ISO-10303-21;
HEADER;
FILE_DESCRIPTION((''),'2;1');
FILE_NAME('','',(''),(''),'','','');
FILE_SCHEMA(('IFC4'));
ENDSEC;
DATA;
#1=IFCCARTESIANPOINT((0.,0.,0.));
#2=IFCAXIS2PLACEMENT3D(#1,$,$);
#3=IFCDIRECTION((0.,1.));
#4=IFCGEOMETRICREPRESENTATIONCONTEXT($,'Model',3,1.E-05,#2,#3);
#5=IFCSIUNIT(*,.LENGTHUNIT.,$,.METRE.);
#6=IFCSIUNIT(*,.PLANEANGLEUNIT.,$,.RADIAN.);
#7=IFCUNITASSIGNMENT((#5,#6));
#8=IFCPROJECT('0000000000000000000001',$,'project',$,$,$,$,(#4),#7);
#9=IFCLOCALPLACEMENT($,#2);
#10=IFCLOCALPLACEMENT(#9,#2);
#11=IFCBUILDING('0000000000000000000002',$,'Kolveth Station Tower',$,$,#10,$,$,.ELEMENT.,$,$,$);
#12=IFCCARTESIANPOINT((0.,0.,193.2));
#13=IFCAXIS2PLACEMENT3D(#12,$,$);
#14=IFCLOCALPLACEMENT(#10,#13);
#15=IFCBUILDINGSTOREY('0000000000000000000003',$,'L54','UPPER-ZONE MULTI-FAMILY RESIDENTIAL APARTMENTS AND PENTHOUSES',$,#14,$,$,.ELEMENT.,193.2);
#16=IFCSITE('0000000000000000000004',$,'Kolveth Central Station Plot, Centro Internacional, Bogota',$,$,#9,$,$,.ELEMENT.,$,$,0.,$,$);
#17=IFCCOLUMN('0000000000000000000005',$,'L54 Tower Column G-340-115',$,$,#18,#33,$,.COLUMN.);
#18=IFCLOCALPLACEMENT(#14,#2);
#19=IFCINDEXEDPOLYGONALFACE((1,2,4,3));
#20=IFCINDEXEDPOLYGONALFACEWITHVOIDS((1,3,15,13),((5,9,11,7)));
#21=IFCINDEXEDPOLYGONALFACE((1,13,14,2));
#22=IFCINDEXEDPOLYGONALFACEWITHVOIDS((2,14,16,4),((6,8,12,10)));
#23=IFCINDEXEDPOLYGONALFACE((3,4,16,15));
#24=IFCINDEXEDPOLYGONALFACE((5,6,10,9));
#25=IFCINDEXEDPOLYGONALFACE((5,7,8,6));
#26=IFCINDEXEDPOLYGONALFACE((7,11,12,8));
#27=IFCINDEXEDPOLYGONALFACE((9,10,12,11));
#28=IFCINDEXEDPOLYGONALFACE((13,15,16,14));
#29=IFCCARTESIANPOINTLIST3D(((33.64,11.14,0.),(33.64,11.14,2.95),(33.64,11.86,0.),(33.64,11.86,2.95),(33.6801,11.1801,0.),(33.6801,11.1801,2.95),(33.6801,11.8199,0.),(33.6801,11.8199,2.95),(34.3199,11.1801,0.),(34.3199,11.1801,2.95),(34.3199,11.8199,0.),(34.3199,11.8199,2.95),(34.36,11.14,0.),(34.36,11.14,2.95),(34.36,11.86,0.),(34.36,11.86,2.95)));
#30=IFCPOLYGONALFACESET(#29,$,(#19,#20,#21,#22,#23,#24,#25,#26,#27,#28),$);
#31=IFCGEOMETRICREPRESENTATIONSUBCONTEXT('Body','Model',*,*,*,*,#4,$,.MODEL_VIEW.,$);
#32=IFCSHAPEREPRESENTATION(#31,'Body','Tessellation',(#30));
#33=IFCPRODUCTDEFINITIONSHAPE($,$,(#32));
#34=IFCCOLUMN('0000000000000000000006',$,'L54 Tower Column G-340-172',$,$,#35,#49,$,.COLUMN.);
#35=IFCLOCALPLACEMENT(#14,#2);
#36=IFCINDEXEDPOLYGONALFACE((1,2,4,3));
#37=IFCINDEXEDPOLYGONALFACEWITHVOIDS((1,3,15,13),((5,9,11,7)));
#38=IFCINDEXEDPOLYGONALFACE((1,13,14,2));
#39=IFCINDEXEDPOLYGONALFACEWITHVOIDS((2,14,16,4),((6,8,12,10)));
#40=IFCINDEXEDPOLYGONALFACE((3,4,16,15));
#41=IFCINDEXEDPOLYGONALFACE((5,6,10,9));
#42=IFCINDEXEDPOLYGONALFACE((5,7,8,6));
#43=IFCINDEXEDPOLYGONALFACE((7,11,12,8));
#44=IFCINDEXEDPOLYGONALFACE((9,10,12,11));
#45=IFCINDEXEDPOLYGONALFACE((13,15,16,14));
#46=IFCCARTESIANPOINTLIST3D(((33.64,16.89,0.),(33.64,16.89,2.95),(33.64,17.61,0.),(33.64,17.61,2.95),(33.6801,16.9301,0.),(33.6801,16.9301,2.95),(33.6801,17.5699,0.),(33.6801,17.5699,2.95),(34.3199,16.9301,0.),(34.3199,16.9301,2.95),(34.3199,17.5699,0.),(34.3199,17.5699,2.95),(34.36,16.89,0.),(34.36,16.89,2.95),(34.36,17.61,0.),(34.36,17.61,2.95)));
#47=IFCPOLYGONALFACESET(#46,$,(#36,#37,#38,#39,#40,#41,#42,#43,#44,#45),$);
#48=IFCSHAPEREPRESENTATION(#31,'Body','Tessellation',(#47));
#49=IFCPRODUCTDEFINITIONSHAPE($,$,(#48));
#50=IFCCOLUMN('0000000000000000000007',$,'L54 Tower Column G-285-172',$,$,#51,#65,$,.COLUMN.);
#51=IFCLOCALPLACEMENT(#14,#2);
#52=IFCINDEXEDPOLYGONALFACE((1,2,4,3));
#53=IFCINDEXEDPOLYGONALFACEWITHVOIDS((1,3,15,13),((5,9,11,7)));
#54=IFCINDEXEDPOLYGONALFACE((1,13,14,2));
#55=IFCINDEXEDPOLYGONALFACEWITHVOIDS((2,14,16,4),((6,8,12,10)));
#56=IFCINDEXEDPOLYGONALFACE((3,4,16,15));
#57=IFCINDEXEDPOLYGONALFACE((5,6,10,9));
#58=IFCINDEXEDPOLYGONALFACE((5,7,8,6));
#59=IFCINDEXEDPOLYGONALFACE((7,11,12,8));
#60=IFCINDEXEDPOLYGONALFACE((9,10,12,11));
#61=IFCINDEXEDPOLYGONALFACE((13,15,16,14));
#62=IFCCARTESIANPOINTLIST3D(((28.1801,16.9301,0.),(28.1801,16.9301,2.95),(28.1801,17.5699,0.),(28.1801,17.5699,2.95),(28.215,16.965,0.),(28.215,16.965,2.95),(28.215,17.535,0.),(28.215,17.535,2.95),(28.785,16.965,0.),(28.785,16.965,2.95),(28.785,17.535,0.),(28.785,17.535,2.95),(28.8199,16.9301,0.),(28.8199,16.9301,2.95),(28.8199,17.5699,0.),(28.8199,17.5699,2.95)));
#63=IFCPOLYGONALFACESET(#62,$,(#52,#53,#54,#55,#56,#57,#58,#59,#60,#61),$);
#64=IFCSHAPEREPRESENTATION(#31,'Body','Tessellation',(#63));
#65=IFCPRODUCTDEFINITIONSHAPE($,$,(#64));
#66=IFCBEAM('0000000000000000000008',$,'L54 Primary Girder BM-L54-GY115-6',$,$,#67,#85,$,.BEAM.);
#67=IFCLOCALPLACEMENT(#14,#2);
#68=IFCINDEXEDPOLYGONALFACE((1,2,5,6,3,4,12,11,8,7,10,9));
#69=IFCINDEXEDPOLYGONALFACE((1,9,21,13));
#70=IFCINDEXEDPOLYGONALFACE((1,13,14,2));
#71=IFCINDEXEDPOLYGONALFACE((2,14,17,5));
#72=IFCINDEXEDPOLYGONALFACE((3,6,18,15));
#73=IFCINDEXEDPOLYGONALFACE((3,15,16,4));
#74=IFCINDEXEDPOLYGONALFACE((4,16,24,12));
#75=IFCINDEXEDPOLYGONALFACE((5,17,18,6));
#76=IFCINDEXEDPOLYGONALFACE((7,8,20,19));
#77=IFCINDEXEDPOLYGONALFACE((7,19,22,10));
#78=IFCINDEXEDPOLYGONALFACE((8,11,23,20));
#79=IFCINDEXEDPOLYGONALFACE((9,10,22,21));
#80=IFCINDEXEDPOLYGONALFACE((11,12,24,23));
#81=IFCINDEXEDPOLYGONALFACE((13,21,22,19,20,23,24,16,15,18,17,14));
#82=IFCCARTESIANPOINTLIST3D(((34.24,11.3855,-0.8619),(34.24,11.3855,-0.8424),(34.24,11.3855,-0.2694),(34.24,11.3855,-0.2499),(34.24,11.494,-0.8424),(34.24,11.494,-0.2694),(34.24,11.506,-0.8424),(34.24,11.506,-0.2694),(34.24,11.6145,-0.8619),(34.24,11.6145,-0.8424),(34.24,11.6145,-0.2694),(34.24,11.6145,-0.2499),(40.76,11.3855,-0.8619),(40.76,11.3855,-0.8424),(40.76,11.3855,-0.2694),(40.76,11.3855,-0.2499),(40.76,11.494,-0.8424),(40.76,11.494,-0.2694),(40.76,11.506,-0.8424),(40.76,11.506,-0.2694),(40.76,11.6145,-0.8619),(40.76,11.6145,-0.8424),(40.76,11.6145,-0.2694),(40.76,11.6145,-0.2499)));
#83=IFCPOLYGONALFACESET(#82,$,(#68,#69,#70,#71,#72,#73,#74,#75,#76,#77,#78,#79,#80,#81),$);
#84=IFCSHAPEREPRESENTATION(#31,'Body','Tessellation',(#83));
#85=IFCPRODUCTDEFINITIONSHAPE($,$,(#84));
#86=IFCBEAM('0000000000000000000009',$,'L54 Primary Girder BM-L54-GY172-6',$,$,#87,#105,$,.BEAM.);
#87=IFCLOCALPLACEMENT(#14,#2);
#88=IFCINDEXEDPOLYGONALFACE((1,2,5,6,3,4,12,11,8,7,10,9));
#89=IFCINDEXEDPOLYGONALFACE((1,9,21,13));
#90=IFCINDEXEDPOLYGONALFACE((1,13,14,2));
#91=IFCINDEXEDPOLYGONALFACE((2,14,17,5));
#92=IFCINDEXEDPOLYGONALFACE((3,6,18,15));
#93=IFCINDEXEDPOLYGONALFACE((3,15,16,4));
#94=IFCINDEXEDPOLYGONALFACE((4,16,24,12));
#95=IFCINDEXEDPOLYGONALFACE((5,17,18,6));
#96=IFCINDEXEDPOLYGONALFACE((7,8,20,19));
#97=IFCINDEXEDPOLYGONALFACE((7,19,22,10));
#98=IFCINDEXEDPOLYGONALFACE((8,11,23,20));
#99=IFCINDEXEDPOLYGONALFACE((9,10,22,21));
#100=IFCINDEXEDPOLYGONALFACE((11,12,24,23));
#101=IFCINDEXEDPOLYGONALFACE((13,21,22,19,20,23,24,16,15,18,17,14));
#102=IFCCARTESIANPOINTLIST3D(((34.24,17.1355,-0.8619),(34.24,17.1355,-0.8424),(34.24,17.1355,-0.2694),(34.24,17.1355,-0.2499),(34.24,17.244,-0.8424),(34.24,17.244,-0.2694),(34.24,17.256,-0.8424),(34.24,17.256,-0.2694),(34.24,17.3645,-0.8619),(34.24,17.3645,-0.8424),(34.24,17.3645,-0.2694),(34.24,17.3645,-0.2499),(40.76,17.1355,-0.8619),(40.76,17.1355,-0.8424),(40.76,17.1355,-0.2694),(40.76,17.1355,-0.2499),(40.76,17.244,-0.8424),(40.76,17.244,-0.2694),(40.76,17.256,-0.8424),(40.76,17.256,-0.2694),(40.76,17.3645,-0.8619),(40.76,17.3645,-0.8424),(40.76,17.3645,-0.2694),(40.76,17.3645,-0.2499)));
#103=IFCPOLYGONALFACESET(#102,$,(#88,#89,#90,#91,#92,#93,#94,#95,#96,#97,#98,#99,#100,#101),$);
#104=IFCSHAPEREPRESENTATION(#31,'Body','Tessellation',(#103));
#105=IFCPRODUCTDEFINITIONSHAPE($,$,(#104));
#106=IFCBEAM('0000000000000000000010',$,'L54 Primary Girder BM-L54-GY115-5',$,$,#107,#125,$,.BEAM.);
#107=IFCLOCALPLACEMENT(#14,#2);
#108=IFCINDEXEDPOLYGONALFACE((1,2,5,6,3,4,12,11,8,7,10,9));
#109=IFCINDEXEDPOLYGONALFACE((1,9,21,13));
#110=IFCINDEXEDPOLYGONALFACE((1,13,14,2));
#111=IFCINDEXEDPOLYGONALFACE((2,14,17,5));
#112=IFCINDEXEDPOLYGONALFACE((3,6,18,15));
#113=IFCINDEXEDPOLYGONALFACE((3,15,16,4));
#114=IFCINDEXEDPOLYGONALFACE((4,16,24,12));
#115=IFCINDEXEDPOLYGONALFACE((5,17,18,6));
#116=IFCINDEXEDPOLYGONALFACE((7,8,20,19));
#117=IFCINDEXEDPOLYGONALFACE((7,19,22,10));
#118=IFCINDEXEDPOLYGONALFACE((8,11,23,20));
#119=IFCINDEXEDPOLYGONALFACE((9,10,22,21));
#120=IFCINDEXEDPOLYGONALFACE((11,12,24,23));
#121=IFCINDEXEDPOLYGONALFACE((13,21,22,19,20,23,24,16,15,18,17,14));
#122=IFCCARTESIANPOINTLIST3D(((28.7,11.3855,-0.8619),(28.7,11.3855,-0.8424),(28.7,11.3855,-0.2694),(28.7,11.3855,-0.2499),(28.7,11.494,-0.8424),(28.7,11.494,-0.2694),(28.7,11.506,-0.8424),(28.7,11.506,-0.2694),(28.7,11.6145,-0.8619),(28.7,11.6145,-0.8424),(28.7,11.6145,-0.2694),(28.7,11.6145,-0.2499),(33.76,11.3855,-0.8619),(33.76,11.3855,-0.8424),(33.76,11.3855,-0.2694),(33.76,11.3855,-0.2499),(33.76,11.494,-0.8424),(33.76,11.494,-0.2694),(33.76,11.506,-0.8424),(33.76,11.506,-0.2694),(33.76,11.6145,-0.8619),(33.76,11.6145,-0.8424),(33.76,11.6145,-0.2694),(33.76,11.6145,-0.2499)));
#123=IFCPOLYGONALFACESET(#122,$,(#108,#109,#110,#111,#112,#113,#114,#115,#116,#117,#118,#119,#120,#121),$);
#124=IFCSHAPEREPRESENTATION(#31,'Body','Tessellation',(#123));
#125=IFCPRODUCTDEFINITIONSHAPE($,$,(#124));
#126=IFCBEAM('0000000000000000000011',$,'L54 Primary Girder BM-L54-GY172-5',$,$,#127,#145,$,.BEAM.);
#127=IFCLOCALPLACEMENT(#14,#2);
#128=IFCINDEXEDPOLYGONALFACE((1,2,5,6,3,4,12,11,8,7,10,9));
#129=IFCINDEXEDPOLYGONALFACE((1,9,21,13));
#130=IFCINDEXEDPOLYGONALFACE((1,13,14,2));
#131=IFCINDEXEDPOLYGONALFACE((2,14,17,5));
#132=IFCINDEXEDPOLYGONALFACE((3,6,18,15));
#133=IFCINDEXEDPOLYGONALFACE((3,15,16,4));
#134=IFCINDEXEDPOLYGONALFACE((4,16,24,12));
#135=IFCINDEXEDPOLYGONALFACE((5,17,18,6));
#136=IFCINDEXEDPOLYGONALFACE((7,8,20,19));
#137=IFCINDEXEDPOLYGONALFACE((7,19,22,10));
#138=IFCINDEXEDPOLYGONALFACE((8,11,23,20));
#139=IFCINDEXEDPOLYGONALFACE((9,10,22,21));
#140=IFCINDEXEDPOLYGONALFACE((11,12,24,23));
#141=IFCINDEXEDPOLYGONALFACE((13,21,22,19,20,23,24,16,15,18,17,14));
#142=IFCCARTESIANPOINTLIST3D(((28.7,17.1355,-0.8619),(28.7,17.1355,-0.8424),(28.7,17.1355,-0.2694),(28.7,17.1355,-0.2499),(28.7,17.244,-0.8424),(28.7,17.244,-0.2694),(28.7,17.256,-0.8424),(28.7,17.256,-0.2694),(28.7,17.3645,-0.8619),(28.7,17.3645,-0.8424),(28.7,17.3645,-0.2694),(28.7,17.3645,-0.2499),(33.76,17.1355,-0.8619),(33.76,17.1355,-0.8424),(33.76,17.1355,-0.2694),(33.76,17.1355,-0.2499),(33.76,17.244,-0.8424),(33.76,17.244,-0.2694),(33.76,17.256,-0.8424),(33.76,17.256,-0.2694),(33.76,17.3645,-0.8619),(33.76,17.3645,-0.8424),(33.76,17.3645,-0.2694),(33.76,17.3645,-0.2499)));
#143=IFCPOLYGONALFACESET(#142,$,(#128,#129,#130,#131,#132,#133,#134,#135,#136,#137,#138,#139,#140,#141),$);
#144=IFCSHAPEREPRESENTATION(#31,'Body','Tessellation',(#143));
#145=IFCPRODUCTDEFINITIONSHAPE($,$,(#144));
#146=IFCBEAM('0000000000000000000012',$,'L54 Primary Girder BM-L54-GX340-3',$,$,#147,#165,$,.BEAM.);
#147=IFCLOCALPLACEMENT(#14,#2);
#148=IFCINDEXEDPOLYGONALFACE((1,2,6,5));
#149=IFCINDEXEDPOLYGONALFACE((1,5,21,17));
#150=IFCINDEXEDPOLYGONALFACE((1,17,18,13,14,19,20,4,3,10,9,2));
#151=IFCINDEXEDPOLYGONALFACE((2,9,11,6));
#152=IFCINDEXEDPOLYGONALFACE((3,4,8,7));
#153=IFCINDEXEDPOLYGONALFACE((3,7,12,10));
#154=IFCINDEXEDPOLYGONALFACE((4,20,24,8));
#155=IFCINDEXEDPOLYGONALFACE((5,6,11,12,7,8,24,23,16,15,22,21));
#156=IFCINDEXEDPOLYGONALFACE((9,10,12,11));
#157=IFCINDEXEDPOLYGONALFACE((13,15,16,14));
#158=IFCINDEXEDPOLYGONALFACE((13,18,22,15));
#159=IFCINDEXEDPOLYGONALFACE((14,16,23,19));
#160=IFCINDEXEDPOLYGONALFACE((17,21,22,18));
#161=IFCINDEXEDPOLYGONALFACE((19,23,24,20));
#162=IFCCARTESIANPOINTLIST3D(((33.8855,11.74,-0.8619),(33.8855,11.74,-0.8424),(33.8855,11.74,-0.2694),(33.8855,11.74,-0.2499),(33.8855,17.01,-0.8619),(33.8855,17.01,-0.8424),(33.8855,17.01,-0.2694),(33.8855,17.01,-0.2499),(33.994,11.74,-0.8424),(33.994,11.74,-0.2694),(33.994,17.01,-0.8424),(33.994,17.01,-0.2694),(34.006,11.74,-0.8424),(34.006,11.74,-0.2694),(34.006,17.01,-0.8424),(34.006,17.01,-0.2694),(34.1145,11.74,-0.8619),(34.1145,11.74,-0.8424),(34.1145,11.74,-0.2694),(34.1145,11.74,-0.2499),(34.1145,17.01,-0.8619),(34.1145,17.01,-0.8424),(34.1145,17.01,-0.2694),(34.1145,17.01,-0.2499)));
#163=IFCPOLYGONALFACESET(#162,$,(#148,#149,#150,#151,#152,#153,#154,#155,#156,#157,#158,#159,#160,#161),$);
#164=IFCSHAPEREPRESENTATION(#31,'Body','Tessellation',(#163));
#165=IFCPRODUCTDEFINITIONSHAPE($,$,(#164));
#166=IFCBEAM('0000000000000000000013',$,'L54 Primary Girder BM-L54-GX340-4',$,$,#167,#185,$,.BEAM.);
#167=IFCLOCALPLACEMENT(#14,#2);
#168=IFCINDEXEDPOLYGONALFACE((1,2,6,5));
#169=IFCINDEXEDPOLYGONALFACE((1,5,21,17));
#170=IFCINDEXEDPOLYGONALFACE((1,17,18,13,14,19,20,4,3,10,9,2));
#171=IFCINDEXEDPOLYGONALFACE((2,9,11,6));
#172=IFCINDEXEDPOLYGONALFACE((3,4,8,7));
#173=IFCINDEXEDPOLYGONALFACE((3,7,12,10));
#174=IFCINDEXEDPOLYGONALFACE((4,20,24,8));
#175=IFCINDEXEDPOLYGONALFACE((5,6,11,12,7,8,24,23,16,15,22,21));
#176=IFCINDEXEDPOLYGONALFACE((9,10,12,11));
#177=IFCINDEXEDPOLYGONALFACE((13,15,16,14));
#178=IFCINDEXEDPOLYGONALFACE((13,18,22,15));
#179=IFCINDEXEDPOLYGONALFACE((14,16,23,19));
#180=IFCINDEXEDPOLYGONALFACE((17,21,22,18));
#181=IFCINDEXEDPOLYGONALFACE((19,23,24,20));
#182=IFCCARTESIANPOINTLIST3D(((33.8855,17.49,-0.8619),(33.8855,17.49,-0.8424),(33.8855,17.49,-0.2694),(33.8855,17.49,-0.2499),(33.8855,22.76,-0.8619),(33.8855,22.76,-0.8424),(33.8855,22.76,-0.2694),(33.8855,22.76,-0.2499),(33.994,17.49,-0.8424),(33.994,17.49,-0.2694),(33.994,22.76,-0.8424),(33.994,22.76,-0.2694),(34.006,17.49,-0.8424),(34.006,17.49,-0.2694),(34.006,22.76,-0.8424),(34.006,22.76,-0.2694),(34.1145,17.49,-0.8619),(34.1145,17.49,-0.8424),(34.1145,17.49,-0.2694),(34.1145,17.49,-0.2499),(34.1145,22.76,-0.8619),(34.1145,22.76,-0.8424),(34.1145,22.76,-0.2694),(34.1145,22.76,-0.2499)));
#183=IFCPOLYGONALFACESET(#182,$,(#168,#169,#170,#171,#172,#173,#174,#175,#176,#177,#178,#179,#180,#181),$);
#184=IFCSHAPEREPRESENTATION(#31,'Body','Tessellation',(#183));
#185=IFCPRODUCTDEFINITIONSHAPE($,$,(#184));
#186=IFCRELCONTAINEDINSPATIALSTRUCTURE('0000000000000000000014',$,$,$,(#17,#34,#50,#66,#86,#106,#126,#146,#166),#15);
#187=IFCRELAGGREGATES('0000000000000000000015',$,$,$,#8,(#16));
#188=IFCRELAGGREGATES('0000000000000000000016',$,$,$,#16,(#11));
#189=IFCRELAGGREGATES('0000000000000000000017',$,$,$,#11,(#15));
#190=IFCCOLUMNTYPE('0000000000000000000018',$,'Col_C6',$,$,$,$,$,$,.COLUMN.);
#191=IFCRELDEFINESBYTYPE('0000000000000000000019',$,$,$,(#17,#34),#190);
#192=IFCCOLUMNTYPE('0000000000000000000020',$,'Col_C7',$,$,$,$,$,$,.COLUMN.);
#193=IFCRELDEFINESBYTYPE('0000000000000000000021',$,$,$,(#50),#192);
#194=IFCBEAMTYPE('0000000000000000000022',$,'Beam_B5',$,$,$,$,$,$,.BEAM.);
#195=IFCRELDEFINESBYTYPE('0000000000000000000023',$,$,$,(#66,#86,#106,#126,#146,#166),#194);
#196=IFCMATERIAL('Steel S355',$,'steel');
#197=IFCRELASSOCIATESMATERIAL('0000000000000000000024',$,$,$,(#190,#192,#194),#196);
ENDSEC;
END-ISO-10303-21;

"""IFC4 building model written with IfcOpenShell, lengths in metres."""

from ifc_helpers import new_model, si_unit, direction, frame, origin, origin_2d, place, context, subcontext, project, spatial, hollow_rectangle, i_section, extrude, source, transform, mapped, material, material_profile, profile_set, type_object, element, save


model = new_model("IFC4")

# Units and contexts
model_context = context("Model", 3, precision=1e-05, world=origin(), true_north=direction((0.0, 1.0)))
body_context = subcontext(model_context, "Body", "Model", "MODEL_VIEW")
ifc_project = project(units=[si_unit("LENGTHUNIT", "METRE"), si_unit("PLANEANGLEUNIT", "RADIAN")], contexts=[model_context])

# Site, building, storey
site_placement = place(None, origin())
site = spatial("IfcSite", under=ifc_project, at=site_placement, Name="Kolveth Central Station Plot, Centro Internacional, Bogota", CompositionType="ELEMENT", RefElevation=0.0)
building_placement = place(site_placement, origin())
building = spatial("IfcBuilding", under=site, at=building_placement, Name="Kolveth Station Tower", CompositionType="ELEMENT")
storey_placement = place(building_placement, frame((0.0, 0.0, 193.2)))
storey = spatial("IfcBuildingStorey", under=building, at=storey_placement, Name="L54", Description="UPPER-ZONE MULTI-FAMILY RESIDENTIAL APARTMENTS AND PENTHOUSES", CompositionType="ELEMENT", Elevation=193.2)

# Columns
ifc_material_1 = material(Name="Steel S355", Category="steel")
ifc_material_profile_1 = material_profile(ifc_material_1, hollow_rectangle(XDim=0.72, YDim=0.72, WallThickness=0.04, at=origin_2d()), Name="BOX720x720x40")
ifc_profile_set_1 = profile_set([ifc_material_profile_1], Name="Steel S355")
column_type_1 = type_object("IfcColumnType", Name="Col_C6", PredefinedType="COLUMN", material=ifc_profile_set_1)
shared_shape_1 = source(origin(), body_context, "Body", "SweptSolid", [
    extrude(hollow_rectangle(XDim=0.72, YDim=0.72, WallThickness=0.04, at=origin_2d()), origin(), (0.0, 0.0, 1.0), 2.95),
])
for number, where, z_axis, x_axis, name in (
    (1, (34.0, 11.5, 0.0), (0.0, 0.0, 1.0), (1.0, 0.0, 0.0), "L54 Tower Column G-340-115"),
    (2, (34.0, 17.25, 0.0), (0.0, 0.0, 1.0), (1.0, 0.0, 0.0), "L54 Tower Column G-340-172"),
):
    element("IfcColumn", number, at=place(storey_placement, frame(where, z_axis=z_axis, x_axis=x_axis)), inside=storey, type_object=column_type_1, Name=name, PredefinedType="COLUMN", context=body_context, shape_type="MappedRepresentation", body=[
        mapped(shared_shape_1, transform((0.0, 0.0, 0.0), x_axis=(1.0, 0.0, 0.0), y_axis=(0.0, 1.0, 0.0), z_axis=(0.0, 0.0, 1.0), scale=1.0)),
    ])
ifc_material_profile_2 = material_profile(ifc_material_1, hollow_rectangle(XDim=0.6399, YDim=0.6399, WallThickness=0.0349, at=origin_2d()), Name="BOX640x640x35")
ifc_profile_set_2 = profile_set([ifc_material_profile_2], Name="Steel S355")
column_type_2 = type_object("IfcColumnType", Name="Col_C7", PredefinedType="COLUMN", material=ifc_profile_set_2)
shared_shape_2 = source(origin(), body_context, "Body", "SweptSolid", [
    extrude(hollow_rectangle(XDim=0.6399, YDim=0.6399, WallThickness=0.0349, at=origin_2d()), origin(), (0.0, 0.0, 1.0), 2.95),
])
column_placement = place(storey_placement, frame((28.5, 17.25, 0.0), z_axis=(0.0, 0.0, 1.0), x_axis=(1.0, 0.0, 0.0)))
element("IfcColumn", 3, at=column_placement, inside=storey, type_object=column_type_2, Name="L54 Tower Column G-285-172", PredefinedType="COLUMN", context=body_context, shape_type="MappedRepresentation", body=[
    mapped(shared_shape_2, transform((0.0, 0.0, 0.0), x_axis=(1.0, 0.0, 0.0), y_axis=(0.0, 1.0, 0.0), z_axis=(0.0, 0.0, 1.0), scale=1.0)),
])

# Beams
ifc_material_profile_3 = material_profile(ifc_material_1, i_section(OverallWidth=0.229, OverallDepth=0.6121, WebThickness=0.012, FlangeThickness=0.0195, at=origin_2d()), Name="W610x125")
ifc_profile_set_3 = profile_set([ifc_material_profile_3], Name="Steel S355")
beam_type_1 = type_object("IfcBeamType", Name="Beam_B5", PredefinedType="BEAM", material=ifc_profile_set_3)
shared_shape_3 = source(origin(), body_context, "Body", "SweptSolid", [
    extrude(i_section(OverallWidth=0.229, OverallDepth=0.6121, WebThickness=0.012, FlangeThickness=0.0195, at=origin_2d()), origin(), (0.0, 0.0, 1.0), 6.52),
])
for number, where, z_axis, x_axis, name in (
    (4, (34.24, 11.5, -0.5559), (1.0, 0.0, 0.0), (0.0, 1.0, 0.0), "L54 Primary Girder BM-L54-GY115-6"),
    (5, (34.24, 17.25, -0.5559), (1.0, 0.0, 0.0), (0.0, 1.0, 0.0), "L54 Primary Girder BM-L54-GY172-6"),
):
    element("IfcBeam", number, at=place(storey_placement, frame(where, z_axis=z_axis, x_axis=x_axis)), inside=storey, type_object=beam_type_1, Name=name, PredefinedType="BEAM", context=body_context, shape_type="MappedRepresentation", body=[
        mapped(shared_shape_3, transform((0.0, 0.0, 0.0), x_axis=(1.0, 0.0, 0.0), y_axis=(0.0, 1.0, 0.0), z_axis=(0.0, 0.0, 1.0), scale=1.0)),
    ])
shared_shape_4 = source(origin(), body_context, "Body", "SweptSolid", [
    extrude(i_section(OverallWidth=0.229, OverallDepth=0.6121, WebThickness=0.012, FlangeThickness=0.0195, at=origin_2d()), origin(), (0.0, 0.0, 1.0), 5.0601),
])
for number, where, z_axis, x_axis, name in (
    (6, (28.7, 11.5, -0.5559), (1.0, 0.0, 0.0), (0.0, 1.0, 0.0), "L54 Primary Girder BM-L54-GY115-5"),
    (7, (28.7, 17.25, -0.5559), (1.0, 0.0, 0.0), (0.0, 1.0, 0.0), "L54 Primary Girder BM-L54-GY172-5"),
):
    element("IfcBeam", number, at=place(storey_placement, frame(where, z_axis=z_axis, x_axis=x_axis)), inside=storey, type_object=beam_type_1, Name=name, PredefinedType="BEAM", context=body_context, shape_type="MappedRepresentation", body=[
        mapped(shared_shape_4, transform((0.0, 0.0, 0.0), x_axis=(1.0, 0.0, 0.0), y_axis=(0.0, 1.0, 0.0), z_axis=(0.0, 0.0, 1.0), scale=1.0)),
    ])
shared_shape_5 = source(origin(), body_context, "Body", "SweptSolid", [
    extrude(i_section(OverallWidth=0.229, OverallDepth=0.6121, WebThickness=0.012, FlangeThickness=0.0195, at=origin_2d()), origin(), (0.0, 0.0, 1.0), 5.27),
])
for number, where, z_axis, x_axis, name in (
    (8, (34.0, 11.74, -0.5559), (0.0, 1.0, 0.0), (-1.0, 0.0, 0.0), "L54 Primary Girder BM-L54-GX340-3"),
    (9, (34.0, 17.49, -0.5559), (0.0, 1.0, 0.0), (-1.0, 0.0, 0.0), "L54 Primary Girder BM-L54-GX340-4"),
):
    element("IfcBeam", number, at=place(storey_placement, frame(where, z_axis=z_axis, x_axis=x_axis)), inside=storey, type_object=beam_type_1, Name=name, PredefinedType="BEAM", context=body_context, shape_type="MappedRepresentation", body=[
        mapped(shared_shape_5, transform((0.0, 0.0, 0.0), x_axis=(1.0, 0.0, 0.0), y_axis=(0.0, 1.0, 0.0), z_axis=(0.0, 0.0, 1.0), scale=1.0)),
    ])

save(model, "model.ifc")
